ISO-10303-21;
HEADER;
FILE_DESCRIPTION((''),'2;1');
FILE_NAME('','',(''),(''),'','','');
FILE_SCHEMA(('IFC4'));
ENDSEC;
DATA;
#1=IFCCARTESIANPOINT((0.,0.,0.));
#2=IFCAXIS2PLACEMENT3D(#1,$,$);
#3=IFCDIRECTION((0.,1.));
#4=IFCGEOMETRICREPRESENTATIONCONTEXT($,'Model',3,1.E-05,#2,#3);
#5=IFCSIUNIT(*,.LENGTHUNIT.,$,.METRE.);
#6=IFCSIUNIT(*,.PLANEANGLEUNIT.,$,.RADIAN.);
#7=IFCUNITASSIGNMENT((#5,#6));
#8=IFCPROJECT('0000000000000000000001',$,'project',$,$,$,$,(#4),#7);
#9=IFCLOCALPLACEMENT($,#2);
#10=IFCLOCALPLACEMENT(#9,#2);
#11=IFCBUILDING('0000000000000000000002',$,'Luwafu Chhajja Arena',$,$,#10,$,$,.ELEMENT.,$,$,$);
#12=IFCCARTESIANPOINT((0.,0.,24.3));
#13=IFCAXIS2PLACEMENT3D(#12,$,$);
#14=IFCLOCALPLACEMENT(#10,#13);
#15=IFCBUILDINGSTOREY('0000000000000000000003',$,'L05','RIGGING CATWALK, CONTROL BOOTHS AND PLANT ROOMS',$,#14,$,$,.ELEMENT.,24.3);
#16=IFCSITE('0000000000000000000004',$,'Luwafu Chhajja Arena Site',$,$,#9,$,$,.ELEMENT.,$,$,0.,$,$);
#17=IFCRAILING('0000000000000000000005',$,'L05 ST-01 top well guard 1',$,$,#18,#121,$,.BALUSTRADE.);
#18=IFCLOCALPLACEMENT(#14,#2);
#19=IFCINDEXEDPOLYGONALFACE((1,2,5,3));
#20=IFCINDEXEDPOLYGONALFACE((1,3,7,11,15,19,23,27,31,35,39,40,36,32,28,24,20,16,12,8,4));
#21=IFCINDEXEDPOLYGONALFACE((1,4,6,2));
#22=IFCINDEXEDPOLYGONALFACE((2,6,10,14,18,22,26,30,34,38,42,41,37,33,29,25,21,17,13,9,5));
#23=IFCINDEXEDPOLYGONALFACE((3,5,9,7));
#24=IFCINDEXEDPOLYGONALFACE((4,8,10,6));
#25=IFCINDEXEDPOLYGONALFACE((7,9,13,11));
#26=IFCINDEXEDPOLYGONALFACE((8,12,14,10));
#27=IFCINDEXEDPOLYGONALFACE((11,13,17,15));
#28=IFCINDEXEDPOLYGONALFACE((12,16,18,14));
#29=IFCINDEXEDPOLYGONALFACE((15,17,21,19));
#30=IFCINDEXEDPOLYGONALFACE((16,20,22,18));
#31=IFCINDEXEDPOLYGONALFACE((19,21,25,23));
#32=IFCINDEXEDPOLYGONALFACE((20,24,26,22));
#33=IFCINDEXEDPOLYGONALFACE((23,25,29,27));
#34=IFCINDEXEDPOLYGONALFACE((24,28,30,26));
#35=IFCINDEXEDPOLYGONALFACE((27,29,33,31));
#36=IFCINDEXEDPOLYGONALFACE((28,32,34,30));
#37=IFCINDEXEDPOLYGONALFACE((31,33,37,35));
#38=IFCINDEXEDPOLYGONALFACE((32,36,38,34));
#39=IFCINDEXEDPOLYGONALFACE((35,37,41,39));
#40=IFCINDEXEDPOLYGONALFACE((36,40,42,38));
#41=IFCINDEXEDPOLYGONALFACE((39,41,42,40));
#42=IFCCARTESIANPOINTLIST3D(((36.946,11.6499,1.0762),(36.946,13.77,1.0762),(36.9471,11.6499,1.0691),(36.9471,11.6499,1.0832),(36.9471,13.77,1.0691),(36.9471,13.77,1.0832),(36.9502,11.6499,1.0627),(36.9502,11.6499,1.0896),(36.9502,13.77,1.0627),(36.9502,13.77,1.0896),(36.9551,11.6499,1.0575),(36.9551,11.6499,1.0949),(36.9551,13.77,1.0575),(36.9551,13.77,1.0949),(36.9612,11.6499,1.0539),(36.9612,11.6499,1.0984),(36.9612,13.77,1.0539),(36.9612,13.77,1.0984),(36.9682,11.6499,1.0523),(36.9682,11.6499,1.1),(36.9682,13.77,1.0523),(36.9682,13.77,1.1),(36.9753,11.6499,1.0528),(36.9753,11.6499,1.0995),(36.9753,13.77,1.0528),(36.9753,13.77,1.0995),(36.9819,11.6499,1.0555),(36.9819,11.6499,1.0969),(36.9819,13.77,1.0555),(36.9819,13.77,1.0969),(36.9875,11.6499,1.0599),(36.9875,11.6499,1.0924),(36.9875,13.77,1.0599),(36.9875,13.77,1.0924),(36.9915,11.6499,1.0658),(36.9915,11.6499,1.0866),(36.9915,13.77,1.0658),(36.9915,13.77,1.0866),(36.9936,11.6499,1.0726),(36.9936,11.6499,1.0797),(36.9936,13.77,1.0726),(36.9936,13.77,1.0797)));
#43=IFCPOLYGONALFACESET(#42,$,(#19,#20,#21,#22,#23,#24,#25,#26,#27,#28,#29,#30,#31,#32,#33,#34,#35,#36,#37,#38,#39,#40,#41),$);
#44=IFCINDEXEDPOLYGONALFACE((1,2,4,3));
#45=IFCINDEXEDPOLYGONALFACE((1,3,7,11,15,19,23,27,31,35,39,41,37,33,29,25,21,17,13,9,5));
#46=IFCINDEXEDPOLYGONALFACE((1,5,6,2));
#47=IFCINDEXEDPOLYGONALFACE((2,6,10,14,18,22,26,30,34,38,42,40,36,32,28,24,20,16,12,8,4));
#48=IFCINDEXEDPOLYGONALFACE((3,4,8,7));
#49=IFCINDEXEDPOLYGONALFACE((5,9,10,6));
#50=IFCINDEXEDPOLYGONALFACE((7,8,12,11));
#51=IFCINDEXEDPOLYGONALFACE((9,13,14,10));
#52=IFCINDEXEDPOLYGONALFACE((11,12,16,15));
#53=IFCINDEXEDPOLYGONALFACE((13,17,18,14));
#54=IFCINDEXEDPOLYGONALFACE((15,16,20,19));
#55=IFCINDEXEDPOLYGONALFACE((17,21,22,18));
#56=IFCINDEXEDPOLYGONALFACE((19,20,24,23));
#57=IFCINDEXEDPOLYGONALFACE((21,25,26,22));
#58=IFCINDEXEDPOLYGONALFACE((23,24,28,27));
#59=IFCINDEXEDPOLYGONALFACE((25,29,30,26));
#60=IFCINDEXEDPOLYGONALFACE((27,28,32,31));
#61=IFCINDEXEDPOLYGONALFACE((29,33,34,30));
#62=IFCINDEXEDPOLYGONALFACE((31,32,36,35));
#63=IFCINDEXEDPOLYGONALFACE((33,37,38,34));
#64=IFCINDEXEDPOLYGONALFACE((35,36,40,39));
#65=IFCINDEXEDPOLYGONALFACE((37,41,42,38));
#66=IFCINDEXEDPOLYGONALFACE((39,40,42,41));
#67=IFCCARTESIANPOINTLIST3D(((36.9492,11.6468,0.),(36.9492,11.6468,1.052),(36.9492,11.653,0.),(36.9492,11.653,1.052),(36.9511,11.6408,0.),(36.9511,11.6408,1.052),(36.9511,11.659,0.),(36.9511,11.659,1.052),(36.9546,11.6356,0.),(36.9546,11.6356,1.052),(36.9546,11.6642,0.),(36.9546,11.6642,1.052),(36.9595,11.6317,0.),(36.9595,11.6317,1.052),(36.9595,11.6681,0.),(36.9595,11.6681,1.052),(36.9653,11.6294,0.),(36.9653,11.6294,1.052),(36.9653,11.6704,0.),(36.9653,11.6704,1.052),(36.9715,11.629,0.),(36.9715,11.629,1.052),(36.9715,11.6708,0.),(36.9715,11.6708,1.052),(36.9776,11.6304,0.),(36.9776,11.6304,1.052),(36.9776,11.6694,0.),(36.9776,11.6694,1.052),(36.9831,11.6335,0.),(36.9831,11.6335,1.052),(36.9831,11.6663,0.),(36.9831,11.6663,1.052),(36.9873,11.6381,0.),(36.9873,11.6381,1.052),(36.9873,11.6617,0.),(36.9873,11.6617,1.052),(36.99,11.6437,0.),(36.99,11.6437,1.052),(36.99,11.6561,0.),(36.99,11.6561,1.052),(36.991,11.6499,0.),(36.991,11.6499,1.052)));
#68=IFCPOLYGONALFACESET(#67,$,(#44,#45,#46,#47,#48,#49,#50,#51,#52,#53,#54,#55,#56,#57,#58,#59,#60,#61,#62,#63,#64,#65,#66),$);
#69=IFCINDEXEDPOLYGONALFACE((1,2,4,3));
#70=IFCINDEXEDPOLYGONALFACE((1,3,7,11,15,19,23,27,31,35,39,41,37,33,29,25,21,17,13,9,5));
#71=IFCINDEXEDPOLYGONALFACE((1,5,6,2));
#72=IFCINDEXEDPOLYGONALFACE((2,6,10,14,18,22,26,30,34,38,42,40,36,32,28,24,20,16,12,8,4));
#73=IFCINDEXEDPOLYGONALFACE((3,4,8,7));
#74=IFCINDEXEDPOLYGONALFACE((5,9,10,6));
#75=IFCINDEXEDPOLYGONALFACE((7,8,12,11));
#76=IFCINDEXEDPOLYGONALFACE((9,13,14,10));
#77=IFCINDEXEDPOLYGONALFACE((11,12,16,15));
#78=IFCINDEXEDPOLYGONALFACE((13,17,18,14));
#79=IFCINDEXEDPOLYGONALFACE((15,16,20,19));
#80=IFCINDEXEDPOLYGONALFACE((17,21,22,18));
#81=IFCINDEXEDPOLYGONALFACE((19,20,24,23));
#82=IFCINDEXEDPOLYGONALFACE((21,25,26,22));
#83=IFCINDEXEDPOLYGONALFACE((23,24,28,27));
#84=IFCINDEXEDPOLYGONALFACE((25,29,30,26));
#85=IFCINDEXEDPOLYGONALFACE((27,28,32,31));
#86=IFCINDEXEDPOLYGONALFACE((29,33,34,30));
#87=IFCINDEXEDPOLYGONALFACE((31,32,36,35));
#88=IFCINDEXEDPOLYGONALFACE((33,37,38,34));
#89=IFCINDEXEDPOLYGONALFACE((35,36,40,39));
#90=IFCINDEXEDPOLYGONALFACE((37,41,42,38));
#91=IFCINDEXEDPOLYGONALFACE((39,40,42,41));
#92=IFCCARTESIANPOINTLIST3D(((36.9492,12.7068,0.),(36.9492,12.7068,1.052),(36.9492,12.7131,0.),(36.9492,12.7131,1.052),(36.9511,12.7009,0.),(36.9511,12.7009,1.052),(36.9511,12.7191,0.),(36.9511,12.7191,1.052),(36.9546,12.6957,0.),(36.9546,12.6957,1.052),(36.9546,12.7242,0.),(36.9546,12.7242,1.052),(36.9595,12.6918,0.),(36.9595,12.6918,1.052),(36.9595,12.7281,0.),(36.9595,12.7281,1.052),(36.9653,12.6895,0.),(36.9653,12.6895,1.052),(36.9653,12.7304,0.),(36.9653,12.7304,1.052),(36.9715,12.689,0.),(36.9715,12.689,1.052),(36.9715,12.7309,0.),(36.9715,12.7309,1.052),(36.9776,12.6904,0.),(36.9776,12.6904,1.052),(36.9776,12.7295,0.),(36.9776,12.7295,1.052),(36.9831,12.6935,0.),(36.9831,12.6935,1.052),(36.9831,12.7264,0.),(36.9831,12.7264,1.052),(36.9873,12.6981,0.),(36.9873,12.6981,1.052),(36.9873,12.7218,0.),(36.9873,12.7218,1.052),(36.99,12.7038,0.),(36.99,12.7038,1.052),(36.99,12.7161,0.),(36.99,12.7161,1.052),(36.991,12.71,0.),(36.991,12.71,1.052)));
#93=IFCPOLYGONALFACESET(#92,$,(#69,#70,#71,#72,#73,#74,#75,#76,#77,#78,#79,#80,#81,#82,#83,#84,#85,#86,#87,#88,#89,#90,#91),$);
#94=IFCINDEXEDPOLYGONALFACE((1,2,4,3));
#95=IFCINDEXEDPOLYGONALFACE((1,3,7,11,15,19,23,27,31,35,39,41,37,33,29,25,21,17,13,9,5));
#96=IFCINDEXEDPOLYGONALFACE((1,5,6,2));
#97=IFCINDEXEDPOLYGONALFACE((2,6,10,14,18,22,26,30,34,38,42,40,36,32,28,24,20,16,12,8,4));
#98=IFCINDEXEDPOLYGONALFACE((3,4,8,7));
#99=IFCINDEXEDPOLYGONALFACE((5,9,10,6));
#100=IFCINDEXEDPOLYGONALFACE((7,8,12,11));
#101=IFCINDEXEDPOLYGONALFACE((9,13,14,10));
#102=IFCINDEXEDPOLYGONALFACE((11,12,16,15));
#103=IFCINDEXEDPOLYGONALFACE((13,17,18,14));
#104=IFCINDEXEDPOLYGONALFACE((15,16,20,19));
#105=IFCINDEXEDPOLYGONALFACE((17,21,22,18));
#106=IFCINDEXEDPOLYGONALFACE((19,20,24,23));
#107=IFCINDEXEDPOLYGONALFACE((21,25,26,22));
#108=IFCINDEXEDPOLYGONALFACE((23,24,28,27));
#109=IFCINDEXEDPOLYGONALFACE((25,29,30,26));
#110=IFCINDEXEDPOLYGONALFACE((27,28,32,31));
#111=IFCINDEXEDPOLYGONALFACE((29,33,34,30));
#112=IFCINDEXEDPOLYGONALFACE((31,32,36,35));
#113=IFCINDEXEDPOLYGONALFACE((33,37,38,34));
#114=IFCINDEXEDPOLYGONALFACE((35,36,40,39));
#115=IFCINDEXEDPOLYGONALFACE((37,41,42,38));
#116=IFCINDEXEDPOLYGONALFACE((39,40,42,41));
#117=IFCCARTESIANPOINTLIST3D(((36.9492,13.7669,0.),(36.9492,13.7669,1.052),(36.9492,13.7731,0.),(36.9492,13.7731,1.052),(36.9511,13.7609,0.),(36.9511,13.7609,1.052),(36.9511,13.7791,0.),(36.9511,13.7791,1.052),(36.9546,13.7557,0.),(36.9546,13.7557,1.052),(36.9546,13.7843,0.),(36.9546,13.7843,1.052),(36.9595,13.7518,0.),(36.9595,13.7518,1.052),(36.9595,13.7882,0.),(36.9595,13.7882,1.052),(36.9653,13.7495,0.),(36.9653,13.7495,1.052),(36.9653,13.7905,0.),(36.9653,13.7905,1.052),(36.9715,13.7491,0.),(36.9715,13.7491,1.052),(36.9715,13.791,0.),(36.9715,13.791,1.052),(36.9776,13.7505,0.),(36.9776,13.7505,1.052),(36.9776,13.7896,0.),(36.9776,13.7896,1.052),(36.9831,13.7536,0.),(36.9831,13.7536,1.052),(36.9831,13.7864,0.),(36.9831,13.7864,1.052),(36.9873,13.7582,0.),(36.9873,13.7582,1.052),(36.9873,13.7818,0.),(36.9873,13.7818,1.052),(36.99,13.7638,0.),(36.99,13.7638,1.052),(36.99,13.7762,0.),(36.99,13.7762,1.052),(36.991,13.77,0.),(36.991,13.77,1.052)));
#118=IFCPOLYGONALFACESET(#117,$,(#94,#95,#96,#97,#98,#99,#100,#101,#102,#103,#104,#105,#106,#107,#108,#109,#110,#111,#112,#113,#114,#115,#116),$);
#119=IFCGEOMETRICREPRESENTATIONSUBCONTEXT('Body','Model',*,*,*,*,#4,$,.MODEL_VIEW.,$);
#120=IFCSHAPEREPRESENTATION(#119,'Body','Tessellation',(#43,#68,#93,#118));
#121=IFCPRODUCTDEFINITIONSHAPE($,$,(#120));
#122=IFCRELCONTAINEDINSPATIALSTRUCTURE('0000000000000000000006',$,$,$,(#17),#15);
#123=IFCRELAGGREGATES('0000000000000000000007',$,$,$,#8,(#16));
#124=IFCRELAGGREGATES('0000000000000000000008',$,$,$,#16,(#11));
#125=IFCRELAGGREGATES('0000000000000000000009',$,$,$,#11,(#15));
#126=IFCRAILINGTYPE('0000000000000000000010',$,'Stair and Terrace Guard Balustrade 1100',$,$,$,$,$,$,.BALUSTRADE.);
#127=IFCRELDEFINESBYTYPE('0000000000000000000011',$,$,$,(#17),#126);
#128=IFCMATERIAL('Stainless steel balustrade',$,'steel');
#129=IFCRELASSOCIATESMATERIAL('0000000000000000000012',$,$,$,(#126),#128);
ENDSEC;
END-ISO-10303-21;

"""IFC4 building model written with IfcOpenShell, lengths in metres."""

from ifc_helpers import new_model, si_unit, direction, frame, origin, origin_2d, place, context, subcontext, project, spatial, circle, extrude, material, type_object, element, save


model = new_model("IFC4")

# Units and contexts
model_context = context("Model", 3, precision=1e-05, world=origin(), true_north=direction((0.0, 1.0)))
body_context = subcontext(model_context, "Body", "Model", "MODEL_VIEW")
ifc_project = project(units=[si_unit("LENGTHUNIT", "METRE"), si_unit("PLANEANGLEUNIT", "RADIAN")], contexts=[model_context])

# Site, building, storey
site_placement = place(None, origin())
site = spatial("IfcSite", under=ifc_project, at=site_placement, Name="Luwafu Chhajja Arena Site", CompositionType="ELEMENT", RefElevation=0.0)
building_placement = place(site_placement, origin())
building = spatial("IfcBuilding", under=site, at=building_placement, Name="Luwafu Chhajja Arena", CompositionType="ELEMENT")
storey_placement = place(building_placement, frame((0.0, 0.0, 24.3)))
storey = spatial("IfcBuildingStorey", under=building, at=storey_placement, Name="L05", Description="RIGGING CATWALK, CONTROL BOOTHS AND PLANT ROOMS", CompositionType="ELEMENT", Elevation=24.3)

# Railing
ifc_material_1 = material(Name="Stainless steel balustrade", Category="steel")
railing_type = type_object("IfcRailingType", Name="Stair and Terrace Guard Balustrade 1100", PredefinedType="BALUSTRADE", material=ifc_material_1)
railing_1_placement = place(storey_placement, frame((36.97, 11.6499, 0.0)))
element("IfcRailing", 1, at=railing_1_placement, inside=storey, type_object=railing_type, Name="L05 ST-01 top well guard 1", PredefinedType="BALUSTRADE", context=body_context, shape_type="SweptSolid", body=[
    extrude(circle(Radius=0.0239, at=origin_2d()), frame((0.0, 0.0, 1.0762), z_axis=(0.0, 1.0, 0.0), x_axis=(-1.0, 0.0, 0.0)), (0.0, 0.0, 1.0), 2.1201),
    extrude(circle(Radius=0.021, at=origin_2d()), origin(), (0.0, 0.0, 1.0), 1.052),
    extrude(circle(Radius=0.021, at=origin_2d()), frame((0.0, 1.0601, 0.0)), (0.0, 0.0, 1.0), 1.052),
    extrude(circle(Radius=0.021, at=origin_2d()), frame((0.0, 2.1201, 0.0)), (0.0, 0.0, 1.0), 1.052),
])

save(model, "model.ifc")
